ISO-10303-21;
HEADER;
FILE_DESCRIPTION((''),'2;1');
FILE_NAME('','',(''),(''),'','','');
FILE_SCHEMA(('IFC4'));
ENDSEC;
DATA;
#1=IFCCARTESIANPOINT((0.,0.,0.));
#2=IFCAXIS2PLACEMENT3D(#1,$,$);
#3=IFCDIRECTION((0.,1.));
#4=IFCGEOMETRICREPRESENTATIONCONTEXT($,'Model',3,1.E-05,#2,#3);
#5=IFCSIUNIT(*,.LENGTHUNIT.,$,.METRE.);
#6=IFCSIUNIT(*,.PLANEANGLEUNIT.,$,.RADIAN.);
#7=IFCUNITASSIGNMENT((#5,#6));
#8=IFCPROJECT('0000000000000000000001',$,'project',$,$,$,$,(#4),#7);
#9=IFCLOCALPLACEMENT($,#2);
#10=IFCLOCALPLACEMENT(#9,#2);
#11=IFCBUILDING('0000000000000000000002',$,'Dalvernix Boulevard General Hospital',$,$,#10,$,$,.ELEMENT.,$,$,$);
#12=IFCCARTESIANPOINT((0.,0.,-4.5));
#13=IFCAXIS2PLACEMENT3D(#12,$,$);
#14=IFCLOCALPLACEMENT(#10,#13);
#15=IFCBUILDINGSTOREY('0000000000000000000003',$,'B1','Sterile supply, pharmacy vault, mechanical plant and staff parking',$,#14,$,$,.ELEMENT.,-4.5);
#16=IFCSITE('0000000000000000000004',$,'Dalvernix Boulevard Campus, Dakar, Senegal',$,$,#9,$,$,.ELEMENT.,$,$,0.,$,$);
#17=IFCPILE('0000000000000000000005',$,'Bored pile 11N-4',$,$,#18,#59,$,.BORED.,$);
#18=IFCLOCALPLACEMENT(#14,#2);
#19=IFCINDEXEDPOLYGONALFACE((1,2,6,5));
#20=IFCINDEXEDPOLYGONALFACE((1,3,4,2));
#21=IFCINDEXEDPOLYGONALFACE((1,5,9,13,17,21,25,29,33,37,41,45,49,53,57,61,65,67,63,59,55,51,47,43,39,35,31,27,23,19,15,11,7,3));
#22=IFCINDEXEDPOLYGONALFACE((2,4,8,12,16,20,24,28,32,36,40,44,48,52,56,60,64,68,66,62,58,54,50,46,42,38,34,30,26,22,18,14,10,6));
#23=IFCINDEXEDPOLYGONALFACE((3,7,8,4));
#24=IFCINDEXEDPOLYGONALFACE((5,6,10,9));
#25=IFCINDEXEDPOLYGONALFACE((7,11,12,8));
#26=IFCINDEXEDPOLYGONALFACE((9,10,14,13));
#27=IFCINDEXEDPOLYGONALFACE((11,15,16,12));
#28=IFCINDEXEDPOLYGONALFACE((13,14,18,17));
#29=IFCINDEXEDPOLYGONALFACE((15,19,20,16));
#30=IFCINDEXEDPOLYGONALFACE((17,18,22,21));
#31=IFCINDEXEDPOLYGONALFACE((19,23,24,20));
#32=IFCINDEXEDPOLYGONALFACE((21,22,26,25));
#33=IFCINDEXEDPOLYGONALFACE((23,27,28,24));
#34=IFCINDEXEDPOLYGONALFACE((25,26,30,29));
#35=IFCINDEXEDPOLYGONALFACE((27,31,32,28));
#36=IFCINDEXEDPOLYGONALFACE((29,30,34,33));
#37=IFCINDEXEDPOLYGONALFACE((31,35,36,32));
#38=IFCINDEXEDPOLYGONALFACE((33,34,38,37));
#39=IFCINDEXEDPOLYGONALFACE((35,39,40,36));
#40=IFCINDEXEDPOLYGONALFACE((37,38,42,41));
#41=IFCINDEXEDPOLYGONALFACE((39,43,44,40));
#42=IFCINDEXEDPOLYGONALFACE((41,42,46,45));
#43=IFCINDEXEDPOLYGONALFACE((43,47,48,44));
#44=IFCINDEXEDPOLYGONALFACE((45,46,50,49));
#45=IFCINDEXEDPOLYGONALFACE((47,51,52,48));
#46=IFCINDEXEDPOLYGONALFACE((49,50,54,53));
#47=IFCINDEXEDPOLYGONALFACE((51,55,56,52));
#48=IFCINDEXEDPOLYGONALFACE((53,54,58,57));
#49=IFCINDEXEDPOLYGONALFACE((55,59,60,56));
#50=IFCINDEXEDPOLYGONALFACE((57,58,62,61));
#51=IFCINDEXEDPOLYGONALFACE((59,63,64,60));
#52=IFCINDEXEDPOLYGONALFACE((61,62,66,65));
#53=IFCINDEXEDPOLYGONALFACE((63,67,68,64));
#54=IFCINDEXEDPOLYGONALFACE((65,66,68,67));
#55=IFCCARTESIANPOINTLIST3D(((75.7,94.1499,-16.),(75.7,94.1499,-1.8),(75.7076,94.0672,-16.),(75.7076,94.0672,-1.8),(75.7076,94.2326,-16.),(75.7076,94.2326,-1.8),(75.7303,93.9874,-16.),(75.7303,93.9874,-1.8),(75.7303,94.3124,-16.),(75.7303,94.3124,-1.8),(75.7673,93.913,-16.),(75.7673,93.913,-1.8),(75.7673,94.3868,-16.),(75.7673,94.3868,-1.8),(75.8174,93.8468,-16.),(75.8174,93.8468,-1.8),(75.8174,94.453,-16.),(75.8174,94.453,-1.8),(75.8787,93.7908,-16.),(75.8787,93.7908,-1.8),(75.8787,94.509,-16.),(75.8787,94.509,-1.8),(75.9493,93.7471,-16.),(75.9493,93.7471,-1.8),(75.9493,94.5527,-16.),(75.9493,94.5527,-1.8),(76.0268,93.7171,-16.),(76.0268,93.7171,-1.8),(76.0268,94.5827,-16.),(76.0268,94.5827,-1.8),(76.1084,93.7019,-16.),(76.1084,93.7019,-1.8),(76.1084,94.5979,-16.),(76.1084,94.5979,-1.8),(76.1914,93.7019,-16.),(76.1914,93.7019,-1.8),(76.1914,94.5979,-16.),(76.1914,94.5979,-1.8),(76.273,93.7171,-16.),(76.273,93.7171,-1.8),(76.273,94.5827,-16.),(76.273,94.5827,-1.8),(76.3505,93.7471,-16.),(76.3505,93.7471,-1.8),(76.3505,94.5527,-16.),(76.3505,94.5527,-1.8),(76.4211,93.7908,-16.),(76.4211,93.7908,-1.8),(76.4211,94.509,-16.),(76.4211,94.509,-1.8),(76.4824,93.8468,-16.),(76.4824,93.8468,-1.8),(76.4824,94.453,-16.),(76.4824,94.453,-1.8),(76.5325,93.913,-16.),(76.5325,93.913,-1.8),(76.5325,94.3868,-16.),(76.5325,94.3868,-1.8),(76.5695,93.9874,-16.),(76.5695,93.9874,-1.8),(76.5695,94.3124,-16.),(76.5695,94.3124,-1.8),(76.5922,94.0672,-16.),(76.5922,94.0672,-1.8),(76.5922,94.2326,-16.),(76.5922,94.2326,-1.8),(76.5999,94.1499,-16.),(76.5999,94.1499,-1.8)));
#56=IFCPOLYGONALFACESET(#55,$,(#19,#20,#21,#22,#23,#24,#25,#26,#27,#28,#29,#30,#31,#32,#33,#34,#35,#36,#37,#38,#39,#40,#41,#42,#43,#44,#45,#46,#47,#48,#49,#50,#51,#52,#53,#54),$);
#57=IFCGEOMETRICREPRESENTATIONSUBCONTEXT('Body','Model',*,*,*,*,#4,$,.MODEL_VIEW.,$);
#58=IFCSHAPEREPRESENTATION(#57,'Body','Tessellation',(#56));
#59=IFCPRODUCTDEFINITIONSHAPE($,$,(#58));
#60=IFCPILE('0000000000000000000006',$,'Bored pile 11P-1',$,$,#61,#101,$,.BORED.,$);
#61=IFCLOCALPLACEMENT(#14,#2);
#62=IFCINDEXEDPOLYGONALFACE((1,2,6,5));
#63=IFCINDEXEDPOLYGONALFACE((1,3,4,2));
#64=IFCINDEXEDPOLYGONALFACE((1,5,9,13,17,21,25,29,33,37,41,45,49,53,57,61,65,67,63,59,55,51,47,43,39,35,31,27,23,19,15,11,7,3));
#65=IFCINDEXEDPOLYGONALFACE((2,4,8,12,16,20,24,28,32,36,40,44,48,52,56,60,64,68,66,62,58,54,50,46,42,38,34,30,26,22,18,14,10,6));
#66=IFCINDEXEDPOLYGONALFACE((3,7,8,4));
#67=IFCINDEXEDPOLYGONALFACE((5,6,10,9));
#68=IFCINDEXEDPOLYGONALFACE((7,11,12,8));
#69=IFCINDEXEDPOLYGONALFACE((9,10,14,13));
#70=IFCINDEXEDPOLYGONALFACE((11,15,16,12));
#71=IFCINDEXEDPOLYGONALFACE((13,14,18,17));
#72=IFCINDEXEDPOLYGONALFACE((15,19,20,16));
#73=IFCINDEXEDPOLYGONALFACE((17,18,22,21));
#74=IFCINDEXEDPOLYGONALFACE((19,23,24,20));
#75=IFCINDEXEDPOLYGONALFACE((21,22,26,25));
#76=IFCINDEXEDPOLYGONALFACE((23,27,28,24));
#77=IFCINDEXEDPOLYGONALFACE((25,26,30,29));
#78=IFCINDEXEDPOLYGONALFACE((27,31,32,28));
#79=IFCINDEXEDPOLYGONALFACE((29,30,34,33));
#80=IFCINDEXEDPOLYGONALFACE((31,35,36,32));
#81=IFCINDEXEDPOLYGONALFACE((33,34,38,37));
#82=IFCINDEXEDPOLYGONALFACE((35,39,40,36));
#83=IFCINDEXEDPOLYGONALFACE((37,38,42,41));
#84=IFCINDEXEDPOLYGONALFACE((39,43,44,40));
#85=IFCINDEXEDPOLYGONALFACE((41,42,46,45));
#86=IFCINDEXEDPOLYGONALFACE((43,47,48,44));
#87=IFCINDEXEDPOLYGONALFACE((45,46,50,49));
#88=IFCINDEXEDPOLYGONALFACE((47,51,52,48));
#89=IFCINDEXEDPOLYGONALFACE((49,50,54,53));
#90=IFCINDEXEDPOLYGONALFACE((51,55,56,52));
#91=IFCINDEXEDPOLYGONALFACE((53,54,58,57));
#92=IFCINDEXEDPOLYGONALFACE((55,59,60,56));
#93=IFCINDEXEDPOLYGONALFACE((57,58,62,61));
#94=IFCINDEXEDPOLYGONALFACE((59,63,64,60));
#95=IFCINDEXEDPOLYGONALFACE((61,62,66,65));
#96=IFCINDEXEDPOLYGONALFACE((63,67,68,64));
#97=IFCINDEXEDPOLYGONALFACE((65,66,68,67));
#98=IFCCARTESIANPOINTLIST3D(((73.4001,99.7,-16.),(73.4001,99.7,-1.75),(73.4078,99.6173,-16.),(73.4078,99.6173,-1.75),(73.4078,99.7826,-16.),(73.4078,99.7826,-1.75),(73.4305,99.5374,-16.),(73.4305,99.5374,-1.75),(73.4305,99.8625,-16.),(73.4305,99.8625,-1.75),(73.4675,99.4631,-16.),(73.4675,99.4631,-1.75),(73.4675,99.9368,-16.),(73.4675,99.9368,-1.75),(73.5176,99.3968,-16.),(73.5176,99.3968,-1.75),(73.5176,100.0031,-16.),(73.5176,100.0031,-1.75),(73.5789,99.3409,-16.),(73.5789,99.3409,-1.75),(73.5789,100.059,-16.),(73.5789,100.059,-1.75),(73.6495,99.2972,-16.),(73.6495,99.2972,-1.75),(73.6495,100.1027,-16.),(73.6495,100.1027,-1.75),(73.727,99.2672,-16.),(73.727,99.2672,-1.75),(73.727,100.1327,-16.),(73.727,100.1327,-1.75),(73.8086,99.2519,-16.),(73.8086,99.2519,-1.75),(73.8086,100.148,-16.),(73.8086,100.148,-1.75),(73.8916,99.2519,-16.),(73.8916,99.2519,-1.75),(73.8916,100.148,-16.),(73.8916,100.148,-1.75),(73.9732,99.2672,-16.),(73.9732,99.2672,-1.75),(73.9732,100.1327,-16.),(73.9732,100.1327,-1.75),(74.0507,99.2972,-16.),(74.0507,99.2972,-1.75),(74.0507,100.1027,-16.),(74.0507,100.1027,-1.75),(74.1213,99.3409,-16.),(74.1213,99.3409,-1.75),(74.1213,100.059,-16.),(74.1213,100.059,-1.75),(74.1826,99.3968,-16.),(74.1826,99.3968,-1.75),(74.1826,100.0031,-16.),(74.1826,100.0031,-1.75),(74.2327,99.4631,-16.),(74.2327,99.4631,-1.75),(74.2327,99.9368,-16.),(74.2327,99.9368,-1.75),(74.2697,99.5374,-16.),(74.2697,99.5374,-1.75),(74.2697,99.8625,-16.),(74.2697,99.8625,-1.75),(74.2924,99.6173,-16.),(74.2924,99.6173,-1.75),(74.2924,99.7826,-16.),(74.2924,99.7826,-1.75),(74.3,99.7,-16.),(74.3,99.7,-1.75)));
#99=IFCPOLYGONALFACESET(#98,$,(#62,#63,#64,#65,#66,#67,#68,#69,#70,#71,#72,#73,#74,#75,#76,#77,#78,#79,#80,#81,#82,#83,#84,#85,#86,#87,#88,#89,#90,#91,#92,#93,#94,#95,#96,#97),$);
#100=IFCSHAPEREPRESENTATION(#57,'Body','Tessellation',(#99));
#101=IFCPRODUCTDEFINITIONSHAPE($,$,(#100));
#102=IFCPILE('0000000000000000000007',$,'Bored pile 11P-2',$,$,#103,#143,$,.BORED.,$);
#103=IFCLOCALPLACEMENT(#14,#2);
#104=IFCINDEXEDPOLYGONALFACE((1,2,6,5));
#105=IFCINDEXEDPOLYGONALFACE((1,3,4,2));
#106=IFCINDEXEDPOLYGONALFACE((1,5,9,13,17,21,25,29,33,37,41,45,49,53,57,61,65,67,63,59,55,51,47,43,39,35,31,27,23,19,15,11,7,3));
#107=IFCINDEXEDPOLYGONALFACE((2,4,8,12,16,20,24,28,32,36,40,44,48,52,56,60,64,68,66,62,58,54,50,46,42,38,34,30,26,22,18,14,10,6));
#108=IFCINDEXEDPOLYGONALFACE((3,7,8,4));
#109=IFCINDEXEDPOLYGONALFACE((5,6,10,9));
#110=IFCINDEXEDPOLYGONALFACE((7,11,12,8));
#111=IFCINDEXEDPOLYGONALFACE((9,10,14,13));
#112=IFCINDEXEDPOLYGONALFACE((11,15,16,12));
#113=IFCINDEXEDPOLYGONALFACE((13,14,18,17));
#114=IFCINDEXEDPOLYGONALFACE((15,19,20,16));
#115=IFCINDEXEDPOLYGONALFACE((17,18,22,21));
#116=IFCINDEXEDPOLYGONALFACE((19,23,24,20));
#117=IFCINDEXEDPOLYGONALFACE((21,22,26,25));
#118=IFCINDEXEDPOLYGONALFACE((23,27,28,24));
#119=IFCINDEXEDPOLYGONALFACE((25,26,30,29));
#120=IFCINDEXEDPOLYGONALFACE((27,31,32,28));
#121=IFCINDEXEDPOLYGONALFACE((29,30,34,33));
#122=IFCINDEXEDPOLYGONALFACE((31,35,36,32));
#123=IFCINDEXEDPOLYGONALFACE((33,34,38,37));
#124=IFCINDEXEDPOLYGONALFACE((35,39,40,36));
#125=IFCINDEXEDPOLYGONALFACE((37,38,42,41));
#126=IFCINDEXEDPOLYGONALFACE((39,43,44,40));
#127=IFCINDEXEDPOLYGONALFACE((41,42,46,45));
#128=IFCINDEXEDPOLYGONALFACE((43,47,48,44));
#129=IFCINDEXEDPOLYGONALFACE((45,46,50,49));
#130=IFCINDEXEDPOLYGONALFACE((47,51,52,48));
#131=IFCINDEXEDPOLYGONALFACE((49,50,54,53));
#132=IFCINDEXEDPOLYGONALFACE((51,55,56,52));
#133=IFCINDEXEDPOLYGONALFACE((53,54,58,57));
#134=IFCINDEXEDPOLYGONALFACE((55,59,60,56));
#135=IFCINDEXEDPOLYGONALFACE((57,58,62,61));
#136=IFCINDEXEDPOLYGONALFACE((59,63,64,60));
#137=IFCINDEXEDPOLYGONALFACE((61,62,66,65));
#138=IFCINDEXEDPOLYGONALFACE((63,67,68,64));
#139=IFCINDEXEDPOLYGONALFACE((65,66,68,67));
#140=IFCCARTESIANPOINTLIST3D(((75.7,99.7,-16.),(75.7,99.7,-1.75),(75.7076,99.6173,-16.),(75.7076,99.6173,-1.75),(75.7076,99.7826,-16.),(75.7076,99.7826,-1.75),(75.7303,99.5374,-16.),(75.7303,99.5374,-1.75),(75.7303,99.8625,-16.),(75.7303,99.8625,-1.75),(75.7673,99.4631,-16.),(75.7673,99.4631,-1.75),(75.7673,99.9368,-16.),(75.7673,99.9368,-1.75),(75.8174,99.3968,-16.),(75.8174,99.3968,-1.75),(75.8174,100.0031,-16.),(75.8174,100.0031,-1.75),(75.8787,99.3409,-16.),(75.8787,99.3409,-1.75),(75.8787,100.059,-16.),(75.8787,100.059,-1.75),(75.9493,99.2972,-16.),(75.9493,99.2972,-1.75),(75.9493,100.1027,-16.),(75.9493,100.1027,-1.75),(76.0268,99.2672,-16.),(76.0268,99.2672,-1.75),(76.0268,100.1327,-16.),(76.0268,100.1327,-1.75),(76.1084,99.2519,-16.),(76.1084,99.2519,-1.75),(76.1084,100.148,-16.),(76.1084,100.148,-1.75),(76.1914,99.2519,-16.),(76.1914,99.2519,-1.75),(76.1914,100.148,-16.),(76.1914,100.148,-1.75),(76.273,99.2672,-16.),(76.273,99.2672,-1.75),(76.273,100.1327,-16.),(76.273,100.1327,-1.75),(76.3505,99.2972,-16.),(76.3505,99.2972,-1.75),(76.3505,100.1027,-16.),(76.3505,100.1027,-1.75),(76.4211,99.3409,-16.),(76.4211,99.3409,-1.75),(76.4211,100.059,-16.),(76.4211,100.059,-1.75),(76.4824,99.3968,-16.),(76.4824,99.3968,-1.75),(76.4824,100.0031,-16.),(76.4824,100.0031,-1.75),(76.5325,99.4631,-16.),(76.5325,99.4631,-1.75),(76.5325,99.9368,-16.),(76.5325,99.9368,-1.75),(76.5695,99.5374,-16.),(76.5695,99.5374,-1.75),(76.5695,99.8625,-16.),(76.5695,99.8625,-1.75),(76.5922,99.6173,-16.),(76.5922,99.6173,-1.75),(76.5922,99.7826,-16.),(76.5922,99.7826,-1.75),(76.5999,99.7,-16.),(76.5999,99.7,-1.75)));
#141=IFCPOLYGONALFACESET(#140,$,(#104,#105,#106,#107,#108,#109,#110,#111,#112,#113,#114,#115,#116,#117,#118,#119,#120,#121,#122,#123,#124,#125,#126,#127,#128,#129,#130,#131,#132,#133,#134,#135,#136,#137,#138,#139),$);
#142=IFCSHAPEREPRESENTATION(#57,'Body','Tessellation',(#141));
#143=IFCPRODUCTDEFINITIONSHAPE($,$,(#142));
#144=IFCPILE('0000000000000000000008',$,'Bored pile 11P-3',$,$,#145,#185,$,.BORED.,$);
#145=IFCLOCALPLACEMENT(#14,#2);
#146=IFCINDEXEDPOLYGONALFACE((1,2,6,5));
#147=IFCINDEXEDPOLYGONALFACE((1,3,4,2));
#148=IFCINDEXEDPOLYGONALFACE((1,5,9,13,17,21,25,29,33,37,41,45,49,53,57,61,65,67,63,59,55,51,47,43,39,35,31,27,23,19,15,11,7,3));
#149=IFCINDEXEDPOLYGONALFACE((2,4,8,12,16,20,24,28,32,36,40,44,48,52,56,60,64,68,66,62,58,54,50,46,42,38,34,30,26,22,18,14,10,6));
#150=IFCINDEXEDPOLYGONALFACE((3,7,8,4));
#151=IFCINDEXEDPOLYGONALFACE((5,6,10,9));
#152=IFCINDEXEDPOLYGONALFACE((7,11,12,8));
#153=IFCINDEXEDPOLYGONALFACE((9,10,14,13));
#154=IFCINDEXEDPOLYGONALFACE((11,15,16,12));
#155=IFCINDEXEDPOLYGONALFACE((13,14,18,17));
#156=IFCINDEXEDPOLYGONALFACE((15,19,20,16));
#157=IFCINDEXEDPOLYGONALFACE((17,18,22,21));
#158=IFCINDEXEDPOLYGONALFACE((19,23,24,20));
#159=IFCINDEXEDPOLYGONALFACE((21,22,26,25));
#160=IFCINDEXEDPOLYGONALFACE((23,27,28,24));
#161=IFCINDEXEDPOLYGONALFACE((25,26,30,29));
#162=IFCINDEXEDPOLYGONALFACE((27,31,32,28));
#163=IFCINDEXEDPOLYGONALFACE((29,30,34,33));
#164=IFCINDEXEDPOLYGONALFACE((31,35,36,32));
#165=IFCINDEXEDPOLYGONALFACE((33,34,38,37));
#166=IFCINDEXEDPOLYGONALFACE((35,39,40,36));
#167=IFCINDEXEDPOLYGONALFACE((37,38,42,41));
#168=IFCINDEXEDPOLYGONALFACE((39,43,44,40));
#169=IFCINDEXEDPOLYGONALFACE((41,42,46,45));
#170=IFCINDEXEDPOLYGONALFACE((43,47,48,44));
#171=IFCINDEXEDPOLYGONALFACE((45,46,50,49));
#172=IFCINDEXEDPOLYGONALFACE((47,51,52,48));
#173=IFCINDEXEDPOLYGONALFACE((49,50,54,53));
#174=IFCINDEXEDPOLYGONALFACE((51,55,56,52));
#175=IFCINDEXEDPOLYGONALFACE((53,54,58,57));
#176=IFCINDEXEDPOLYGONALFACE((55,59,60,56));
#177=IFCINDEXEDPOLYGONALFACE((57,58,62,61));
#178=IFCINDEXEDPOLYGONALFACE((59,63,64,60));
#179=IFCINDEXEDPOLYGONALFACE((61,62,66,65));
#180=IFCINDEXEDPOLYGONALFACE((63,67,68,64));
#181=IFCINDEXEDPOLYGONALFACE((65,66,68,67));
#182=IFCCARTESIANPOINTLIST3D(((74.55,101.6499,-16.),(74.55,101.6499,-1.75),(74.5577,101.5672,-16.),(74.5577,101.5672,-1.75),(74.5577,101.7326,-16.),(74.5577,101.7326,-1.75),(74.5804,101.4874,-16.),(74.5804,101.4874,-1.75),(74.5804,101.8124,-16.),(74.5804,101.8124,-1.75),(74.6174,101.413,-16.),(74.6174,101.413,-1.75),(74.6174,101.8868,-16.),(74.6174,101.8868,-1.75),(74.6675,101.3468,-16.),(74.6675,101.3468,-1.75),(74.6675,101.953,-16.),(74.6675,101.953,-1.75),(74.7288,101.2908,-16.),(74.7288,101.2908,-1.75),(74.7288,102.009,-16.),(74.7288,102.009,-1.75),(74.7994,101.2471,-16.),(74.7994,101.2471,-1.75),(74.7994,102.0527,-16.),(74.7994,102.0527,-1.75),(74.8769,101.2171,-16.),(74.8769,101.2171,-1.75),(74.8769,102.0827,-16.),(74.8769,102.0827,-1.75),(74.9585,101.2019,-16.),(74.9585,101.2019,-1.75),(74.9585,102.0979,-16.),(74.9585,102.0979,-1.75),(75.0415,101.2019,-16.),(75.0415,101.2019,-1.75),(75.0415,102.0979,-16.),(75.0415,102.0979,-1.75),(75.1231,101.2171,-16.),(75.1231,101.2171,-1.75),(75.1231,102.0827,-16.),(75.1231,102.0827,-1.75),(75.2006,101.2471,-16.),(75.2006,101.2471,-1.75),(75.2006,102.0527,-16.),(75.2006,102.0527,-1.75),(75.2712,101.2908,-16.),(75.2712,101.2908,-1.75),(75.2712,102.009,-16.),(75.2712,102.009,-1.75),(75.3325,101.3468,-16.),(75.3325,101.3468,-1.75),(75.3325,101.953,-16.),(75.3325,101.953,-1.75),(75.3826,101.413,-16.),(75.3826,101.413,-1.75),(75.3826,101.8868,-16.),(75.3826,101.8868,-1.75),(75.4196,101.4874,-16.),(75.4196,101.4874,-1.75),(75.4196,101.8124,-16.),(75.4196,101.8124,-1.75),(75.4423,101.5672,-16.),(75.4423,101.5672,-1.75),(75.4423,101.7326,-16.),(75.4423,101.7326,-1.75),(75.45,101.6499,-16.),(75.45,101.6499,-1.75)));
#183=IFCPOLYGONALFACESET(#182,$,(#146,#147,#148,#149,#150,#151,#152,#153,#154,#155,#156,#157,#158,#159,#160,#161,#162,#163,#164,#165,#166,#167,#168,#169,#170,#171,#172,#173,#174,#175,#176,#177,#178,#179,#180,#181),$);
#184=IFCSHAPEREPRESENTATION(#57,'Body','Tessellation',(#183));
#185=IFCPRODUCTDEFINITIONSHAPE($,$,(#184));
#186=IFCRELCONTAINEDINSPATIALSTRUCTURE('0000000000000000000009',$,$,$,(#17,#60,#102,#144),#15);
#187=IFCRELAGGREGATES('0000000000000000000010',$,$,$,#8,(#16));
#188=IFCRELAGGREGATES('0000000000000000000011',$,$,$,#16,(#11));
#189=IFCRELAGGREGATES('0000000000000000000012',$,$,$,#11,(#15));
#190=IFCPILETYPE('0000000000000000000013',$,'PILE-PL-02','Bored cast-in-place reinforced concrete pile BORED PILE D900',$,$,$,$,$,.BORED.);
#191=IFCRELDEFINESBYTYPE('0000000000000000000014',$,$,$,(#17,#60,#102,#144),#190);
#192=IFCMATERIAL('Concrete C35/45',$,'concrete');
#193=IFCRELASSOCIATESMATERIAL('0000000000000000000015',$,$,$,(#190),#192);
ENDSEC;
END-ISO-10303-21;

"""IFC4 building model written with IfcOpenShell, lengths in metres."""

from ifc_helpers import new_model, si_unit, direction, frame, origin, origin_2d, place, context, subcontext, project, spatial, circle, extrude, material, material_profile, profile_set, type_object, element, save


model = new_model("IFC4")

# Units and contexts
model_context = context("Model", 3, precision=1e-05, world=origin(), true_north=direction((0.0, 1.0)))
body_context = subcontext(model_context, "Body", "Model", "MODEL_VIEW")
ifc_project = project(units=[si_unit("LENGTHUNIT", "METRE"), si_unit("PLANEANGLEUNIT", "RADIAN")], contexts=[model_context])

# Site, building, storey
site_placement = place(None, origin())
site = spatial("IfcSite", under=ifc_project, at=site_placement, Name="Dalvernix Boulevard Campus, Dakar, Senegal", CompositionType="ELEMENT", RefElevation=0.0)
building_placement = place(site_placement, origin())
building = spatial("IfcBuilding", under=site, at=building_placement, Name="Dalvernix Boulevard General Hospital", CompositionType="ELEMENT")
storey_placement = place(building_placement, frame((0.0, 0.0, -4.5)))
storey = spatial("IfcBuildingStorey", under=building, at=storey_placement, Name="B1", Description="Sterile supply, pharmacy vault, mechanical plant and staff parking", CompositionType="ELEMENT", Elevation=-4.5)

# Shared definitions
ifc_material_1 = material(Name="Concrete C35/45", Category="concrete")

# Piles
ifc_material_profile_1 = material_profile(ifc_material_1, circle(Radius=0.45, at=origin_2d()), Name="BORED PILE D900")
ifc_profile_set_1 = profile_set([ifc_material_profile_1], Name="Concrete C35/45")
pile_type_1 = type_object("IfcPileType", Name="PILE-PL-02", Description="Bored cast-in-place reinforced concrete pile BORED PILE D900", PredefinedType="BORED", material=ifc_profile_set_1)
for number, where, z_axis, x_axis, name in (
    (1, (76.1499, 94.1499, -1.8), (0.0, 0.0, -1.0), (1.0, 0.0, 0.0), "Bored pile 11N-4"),
):
    element("IfcPile", number, at=place(storey_placement, frame(where, z_axis=z_axis, x_axis=x_axis)), inside=storey, type_object=pile_type_1, Name=name, PredefinedType="BORED", context=body_context, shape_type="SweptSolid", body=[
        extrude(circle(Radius=0.45, at=origin_2d()), origin(), (0.0, 0.0, 1.0), 14.2),
    ])
for number, where, z_axis, x_axis, name in (
    (2, (73.8501, 99.7, -1.75), (0.0, 0.0, -1.0), (1.0, 0.0, 0.0), "Bored pile 11P-1"),
    (3, (76.1499, 99.7, -1.75), (0.0, 0.0, -1.0), (1.0, 0.0, 0.0), "Bored pile 11P-2"),
    (4, (75.0, 101.6499, -1.75), (0.0, 0.0, -1.0), (1.0, 0.0, 0.0), "Bored pile 11P-3"),
):
    element("IfcPile", number, at=place(storey_placement, frame(where, z_axis=z_axis, x_axis=x_axis)), inside=storey, type_object=pile_type_1, Name=name, PredefinedType="BORED", context=body_context, shape_type="SweptSolid", body=[
        extrude(circle(Radius=0.45, at=origin_2d()), origin(), (0.0, 0.0, 1.0), 14.25),
    ])

save(model, "model.ifc")
